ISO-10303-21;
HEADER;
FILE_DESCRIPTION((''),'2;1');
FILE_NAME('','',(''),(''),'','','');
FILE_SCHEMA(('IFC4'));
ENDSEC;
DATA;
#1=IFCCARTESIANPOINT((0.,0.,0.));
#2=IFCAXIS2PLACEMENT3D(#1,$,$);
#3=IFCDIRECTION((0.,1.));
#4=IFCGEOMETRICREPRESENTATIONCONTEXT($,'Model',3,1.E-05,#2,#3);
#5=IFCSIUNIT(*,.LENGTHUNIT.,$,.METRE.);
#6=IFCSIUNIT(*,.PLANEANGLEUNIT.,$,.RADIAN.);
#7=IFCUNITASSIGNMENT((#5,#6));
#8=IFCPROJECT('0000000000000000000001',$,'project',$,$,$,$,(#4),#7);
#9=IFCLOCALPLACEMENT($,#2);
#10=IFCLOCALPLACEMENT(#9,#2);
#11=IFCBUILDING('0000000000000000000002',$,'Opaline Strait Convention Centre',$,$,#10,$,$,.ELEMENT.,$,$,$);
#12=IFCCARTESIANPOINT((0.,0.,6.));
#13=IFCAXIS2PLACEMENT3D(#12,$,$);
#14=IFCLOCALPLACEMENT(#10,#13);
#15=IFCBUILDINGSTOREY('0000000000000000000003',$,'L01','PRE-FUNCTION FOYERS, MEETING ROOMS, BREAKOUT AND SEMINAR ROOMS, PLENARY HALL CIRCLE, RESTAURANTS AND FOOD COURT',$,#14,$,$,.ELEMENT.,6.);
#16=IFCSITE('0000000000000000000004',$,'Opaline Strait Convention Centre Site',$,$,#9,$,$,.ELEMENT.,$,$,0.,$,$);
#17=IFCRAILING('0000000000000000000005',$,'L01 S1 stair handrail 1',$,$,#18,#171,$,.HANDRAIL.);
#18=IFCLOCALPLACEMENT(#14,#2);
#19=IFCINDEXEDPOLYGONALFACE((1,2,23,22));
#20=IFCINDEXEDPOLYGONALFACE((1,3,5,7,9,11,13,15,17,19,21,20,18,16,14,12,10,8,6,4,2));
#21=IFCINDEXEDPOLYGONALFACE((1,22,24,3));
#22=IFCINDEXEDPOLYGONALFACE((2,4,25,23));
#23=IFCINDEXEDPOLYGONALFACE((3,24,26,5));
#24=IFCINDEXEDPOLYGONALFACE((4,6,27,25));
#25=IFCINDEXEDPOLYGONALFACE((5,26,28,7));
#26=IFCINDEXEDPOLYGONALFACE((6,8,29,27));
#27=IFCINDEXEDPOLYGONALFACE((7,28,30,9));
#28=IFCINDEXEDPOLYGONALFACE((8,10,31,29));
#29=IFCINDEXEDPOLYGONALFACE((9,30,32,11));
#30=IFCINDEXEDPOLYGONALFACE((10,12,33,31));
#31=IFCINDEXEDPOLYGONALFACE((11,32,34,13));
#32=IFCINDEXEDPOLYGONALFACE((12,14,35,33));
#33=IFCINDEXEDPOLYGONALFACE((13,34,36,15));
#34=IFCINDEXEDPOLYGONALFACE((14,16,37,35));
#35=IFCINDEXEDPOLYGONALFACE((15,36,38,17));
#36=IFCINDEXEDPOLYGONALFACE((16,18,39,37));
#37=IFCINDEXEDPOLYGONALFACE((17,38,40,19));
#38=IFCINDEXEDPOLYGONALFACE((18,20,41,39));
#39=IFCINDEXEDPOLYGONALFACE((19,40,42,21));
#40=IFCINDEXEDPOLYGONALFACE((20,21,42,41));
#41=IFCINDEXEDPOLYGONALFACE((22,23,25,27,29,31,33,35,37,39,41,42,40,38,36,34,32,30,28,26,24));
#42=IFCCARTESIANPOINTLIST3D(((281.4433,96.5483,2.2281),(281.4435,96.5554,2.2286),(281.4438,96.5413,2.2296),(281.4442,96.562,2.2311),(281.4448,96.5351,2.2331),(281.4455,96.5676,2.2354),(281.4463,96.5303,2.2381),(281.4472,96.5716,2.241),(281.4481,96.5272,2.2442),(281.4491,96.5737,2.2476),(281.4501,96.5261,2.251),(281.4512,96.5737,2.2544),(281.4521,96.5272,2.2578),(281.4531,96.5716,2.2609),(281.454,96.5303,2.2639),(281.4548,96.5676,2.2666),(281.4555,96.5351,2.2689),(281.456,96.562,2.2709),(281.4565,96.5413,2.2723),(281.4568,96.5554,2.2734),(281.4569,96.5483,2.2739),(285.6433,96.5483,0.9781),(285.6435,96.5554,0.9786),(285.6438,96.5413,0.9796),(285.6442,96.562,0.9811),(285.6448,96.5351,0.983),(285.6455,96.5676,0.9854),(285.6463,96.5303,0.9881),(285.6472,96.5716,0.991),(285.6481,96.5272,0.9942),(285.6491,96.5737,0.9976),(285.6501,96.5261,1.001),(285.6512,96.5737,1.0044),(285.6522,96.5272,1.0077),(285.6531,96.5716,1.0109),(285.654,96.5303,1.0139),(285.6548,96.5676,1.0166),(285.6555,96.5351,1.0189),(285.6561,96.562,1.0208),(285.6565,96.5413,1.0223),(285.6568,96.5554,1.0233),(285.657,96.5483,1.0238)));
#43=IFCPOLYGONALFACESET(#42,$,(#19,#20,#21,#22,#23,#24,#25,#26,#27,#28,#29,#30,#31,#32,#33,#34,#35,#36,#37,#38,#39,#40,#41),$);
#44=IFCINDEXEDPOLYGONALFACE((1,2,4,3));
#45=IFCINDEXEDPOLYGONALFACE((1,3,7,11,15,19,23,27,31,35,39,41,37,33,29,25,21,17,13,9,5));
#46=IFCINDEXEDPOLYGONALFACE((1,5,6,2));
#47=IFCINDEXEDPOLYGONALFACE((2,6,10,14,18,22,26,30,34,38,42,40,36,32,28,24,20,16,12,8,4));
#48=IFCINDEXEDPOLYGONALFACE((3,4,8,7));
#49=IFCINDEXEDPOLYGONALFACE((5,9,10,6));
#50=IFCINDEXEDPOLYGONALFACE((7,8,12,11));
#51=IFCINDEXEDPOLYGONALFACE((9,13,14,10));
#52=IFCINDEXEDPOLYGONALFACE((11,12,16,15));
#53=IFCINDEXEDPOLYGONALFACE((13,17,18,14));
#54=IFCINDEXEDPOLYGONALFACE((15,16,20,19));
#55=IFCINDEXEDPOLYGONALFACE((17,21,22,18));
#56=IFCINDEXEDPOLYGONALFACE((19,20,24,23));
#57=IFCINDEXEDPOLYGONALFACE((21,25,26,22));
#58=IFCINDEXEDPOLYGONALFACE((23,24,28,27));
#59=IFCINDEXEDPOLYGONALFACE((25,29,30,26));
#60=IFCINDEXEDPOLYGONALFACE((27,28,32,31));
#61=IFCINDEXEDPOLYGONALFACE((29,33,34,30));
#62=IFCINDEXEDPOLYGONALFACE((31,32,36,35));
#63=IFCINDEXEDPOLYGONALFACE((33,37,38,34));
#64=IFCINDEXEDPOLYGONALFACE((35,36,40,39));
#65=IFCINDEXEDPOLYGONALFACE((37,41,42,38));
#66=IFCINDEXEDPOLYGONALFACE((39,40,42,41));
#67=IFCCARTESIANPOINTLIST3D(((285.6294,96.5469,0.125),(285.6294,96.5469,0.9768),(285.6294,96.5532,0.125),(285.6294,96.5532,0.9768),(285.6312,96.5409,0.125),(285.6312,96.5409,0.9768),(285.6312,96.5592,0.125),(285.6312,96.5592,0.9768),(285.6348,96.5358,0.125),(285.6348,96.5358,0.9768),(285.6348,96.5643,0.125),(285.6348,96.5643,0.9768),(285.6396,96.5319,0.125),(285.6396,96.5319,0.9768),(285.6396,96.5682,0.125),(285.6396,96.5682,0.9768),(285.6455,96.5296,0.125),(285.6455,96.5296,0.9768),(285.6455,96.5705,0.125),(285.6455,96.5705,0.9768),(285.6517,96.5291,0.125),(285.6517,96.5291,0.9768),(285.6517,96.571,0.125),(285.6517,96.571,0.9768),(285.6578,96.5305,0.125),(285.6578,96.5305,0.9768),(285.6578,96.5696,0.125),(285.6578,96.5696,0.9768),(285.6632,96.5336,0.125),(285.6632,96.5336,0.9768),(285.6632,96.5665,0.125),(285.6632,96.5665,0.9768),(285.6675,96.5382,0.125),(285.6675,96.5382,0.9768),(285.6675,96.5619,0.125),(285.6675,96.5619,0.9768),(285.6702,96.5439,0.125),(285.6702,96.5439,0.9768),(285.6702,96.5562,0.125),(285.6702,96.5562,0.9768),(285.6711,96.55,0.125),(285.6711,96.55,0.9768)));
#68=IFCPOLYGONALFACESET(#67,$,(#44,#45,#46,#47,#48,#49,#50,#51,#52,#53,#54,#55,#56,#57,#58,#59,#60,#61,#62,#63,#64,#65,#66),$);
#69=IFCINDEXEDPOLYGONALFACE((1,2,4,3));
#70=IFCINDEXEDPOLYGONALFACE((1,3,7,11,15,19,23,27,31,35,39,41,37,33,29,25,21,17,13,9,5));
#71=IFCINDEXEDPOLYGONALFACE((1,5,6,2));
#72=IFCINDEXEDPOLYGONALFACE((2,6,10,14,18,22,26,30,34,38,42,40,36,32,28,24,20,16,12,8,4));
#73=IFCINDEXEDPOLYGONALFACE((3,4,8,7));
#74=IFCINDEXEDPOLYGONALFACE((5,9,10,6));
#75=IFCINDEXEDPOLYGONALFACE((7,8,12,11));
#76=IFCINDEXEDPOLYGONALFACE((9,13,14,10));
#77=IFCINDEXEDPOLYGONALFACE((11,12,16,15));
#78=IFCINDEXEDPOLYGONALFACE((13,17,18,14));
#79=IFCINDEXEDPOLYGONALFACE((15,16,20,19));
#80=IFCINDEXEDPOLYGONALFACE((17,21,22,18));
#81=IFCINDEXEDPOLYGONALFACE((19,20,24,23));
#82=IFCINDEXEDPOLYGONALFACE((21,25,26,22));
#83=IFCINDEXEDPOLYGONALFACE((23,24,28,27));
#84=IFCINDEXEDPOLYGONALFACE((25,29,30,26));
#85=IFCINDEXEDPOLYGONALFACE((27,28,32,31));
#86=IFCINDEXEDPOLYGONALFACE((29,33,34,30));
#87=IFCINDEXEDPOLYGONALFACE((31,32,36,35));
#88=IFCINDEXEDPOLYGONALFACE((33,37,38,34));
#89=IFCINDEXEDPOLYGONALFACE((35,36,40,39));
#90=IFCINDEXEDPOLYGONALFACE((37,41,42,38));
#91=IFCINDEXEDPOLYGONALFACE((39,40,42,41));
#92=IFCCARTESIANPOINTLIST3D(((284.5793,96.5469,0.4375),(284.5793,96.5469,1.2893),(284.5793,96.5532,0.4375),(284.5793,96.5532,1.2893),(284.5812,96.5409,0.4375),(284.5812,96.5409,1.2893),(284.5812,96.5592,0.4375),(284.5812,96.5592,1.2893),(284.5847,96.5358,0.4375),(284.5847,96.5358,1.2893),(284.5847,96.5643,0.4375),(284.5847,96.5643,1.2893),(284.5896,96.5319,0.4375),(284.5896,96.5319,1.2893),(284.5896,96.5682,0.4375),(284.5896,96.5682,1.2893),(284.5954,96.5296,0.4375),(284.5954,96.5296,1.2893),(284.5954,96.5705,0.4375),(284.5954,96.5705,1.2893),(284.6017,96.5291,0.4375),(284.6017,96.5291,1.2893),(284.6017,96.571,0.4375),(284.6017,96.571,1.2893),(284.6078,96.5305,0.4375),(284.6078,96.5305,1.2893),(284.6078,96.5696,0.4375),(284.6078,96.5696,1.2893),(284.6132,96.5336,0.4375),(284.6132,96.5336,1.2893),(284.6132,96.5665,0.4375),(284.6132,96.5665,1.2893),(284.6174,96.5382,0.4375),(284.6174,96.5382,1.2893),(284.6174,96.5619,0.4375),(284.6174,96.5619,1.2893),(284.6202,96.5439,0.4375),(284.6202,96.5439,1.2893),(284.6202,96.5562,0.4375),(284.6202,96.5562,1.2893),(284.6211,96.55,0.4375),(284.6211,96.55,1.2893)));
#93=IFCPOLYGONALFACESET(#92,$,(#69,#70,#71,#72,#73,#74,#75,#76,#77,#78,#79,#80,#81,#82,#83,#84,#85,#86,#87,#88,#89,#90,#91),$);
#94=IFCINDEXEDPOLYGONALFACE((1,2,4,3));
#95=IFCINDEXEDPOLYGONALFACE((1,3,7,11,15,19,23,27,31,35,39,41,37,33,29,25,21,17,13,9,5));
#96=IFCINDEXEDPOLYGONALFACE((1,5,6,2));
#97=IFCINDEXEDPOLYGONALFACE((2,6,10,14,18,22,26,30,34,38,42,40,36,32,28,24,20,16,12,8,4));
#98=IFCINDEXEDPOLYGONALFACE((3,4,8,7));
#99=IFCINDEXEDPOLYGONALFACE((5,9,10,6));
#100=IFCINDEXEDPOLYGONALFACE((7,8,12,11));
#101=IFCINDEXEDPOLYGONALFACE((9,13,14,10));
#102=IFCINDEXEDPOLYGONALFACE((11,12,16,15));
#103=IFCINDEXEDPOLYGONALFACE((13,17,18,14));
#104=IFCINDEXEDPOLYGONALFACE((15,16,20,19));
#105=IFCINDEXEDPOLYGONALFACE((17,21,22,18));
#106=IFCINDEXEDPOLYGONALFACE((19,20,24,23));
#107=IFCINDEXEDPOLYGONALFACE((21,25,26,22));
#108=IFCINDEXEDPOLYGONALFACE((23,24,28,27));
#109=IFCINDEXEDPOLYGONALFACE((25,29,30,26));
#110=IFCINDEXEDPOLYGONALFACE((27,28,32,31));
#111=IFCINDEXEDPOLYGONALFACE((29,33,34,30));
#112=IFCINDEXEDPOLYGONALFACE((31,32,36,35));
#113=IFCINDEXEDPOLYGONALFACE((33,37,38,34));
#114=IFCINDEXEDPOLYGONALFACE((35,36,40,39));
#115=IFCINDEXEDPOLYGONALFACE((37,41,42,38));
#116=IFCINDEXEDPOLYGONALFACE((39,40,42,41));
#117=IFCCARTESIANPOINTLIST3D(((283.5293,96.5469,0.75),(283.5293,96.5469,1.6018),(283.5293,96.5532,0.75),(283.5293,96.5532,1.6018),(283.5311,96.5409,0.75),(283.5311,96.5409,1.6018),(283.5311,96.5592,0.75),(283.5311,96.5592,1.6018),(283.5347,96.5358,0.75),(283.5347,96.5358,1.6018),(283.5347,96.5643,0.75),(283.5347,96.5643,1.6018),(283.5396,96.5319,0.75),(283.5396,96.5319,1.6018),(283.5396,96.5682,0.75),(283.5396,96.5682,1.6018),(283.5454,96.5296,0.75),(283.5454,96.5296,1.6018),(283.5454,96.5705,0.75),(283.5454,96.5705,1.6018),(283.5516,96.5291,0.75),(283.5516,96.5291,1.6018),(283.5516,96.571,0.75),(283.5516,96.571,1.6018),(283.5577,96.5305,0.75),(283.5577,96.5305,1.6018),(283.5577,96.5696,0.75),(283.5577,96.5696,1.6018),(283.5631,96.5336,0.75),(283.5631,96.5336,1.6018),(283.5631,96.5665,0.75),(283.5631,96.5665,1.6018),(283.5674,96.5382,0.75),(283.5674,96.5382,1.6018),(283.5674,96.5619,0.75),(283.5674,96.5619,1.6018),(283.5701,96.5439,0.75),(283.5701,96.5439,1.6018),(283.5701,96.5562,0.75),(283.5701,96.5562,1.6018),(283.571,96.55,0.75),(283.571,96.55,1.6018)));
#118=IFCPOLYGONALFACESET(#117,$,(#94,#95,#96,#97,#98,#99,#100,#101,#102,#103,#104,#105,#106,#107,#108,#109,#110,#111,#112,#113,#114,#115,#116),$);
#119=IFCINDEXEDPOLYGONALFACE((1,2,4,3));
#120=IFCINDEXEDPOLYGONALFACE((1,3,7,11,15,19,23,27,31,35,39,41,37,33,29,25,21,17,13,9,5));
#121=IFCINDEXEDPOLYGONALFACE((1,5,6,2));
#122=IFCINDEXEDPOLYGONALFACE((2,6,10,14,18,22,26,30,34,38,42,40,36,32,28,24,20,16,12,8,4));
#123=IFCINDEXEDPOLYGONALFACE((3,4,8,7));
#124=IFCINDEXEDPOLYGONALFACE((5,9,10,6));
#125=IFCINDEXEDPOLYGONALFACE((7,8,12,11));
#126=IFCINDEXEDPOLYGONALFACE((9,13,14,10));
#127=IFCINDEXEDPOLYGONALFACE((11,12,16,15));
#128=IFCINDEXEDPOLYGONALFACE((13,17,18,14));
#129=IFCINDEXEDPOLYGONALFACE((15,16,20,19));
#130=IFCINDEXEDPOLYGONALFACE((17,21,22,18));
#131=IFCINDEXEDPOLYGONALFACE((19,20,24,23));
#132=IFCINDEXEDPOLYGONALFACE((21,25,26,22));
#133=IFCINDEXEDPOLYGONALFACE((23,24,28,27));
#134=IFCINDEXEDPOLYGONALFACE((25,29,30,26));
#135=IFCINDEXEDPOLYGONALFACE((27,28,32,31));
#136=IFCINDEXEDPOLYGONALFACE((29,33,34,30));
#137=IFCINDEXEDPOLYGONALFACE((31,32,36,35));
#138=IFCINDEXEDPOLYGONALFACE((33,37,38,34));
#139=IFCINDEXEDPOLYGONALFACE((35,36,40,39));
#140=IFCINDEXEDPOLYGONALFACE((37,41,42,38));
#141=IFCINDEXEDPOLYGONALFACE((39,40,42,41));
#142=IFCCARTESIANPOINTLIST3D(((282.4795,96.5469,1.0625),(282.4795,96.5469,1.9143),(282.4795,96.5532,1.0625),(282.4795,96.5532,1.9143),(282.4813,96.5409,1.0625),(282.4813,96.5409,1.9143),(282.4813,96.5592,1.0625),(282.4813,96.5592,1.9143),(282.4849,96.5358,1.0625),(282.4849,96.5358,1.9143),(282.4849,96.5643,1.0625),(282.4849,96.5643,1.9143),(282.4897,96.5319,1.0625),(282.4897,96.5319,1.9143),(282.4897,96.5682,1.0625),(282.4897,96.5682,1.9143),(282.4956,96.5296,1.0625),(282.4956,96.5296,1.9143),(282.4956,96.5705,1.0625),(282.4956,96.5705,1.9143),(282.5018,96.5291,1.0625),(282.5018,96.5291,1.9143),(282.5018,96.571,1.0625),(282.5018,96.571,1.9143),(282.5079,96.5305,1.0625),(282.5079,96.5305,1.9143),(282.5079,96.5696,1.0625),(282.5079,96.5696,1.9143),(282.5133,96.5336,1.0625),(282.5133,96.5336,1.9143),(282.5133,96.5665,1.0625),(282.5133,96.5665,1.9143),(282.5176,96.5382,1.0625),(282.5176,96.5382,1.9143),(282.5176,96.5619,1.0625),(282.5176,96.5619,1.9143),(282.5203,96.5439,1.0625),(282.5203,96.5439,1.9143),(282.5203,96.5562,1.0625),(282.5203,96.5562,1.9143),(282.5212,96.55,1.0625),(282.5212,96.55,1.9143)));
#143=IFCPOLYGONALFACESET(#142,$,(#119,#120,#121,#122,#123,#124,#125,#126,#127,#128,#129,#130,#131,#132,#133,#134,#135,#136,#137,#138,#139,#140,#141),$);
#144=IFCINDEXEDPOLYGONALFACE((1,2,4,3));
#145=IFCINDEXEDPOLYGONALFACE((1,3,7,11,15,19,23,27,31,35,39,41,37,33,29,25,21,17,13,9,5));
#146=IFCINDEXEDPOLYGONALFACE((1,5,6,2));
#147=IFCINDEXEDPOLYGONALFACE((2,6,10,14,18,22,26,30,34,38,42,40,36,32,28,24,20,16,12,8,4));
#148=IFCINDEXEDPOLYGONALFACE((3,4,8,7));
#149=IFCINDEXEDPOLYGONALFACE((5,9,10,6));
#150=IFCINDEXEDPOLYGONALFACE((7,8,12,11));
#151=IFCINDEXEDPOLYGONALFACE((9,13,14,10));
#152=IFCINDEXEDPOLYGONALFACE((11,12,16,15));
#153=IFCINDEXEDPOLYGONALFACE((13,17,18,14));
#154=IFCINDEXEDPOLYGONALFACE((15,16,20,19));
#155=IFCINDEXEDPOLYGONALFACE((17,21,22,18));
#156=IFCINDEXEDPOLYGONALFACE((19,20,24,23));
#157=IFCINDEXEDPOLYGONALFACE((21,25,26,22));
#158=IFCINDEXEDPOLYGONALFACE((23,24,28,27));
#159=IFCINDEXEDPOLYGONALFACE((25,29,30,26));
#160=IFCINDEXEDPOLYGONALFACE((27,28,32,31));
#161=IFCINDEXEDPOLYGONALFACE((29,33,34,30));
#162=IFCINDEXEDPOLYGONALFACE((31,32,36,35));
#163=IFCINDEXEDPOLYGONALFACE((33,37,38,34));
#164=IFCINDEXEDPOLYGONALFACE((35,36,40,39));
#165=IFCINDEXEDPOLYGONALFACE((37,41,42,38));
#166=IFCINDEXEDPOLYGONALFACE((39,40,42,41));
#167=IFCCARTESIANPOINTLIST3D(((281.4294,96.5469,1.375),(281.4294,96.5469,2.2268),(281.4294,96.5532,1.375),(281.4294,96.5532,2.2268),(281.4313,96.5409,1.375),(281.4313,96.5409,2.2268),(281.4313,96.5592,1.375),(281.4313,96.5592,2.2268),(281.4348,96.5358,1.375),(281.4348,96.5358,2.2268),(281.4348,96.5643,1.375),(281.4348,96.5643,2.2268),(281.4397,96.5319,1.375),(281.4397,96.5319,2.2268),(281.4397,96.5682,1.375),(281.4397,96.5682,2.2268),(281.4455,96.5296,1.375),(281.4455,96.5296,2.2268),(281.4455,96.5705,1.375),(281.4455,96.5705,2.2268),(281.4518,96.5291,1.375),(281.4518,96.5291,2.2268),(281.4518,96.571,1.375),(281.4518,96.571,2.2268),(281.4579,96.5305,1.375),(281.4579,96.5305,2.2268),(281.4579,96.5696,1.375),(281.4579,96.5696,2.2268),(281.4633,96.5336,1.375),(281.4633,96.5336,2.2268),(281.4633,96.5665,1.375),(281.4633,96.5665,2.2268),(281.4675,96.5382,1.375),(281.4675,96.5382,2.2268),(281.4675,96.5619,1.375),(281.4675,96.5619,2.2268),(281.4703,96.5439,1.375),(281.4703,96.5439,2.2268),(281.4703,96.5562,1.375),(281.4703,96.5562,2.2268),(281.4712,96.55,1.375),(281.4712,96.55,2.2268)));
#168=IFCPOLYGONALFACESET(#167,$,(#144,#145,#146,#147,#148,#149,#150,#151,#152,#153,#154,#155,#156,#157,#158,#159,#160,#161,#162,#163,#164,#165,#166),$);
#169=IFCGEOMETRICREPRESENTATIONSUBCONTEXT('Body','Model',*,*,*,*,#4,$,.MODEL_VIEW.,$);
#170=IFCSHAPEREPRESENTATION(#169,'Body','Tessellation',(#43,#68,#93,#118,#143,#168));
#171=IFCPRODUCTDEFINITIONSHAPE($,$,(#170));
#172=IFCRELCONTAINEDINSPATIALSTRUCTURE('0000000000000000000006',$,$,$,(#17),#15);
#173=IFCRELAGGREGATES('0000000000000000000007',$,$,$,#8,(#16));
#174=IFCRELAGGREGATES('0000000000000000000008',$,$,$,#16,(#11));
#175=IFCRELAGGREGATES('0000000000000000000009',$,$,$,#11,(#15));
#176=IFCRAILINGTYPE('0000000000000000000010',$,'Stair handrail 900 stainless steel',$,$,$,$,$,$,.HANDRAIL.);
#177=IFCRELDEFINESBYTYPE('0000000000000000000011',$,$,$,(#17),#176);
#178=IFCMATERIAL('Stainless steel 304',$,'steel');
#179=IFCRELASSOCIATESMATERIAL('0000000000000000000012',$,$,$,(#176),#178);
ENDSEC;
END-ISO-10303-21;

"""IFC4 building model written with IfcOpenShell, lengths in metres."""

from ifc_helpers import new_model, si_unit, direction, frame, origin, origin_2d, place, context, subcontext, project, spatial, circle, extrude, material, type_object, element, save


model = new_model("IFC4")

# Units and contexts
model_context = context("Model", 3, precision=1e-05, world=origin(), true_north=direction((0.0, 1.0)))
body_context = subcontext(model_context, "Body", "Model", "MODEL_VIEW")
ifc_project = project(units=[si_unit("LENGTHUNIT", "METRE"), si_unit("PLANEANGLEUNIT", "RADIAN")], contexts=[model_context])

# Site, building, storey
site_placement = place(None, origin())
site = spatial("IfcSite", under=ifc_project, at=site_placement, Name="Opaline Strait Convention Centre Site", CompositionType="ELEMENT", RefElevation=0.0)
building_placement = place(site_placement, origin())
building = spatial("IfcBuilding", under=site, at=building_placement, Name="Opaline Strait Convention Centre", CompositionType="ELEMENT")
storey_placement = place(building_placement, frame((0.0, 0.0, 6.0)))
storey = spatial("IfcBuildingStorey", under=building, at=storey_placement, Name="L01", Description="PRE-FUNCTION FOYERS, MEETING ROOMS, BREAKOUT AND SEMINAR ROOMS, PLENARY HALL CIRCLE, RESTAURANTS AND FOOD COURT", CompositionType="ELEMENT", Elevation=6.0)

# Shared definitions
ifc_material_1 = material(Name="Stainless steel 304", Category="steel")

# Railing
railing_type_1 = type_object("IfcRailingType", Name="Stair handrail 900 stainless steel", PredefinedType="HANDRAIL", material=ifc_material_1)
for number, where, name in (
    (1, (285.6501, 96.55, 0.125), "L01 S1 stair handrail 1"),
):
    element("IfcRailing", number, at=place(storey_placement, frame(where)), inside=storey, type_object=railing_type_1, Name=name, PredefinedType="HANDRAIL", context=body_context, shape_type="SweptSolid", body=[
        extrude(circle(Radius=0.0239, at=origin_2d()), frame((0.0, 0.0, 0.876), z_axis=(-0.958451, 0.0, 0.285257), x_axis=(0.0, -1.0, 0.0)), (0.0, 0.0, 1.0), 4.3821),
        extrude(circle(Radius=0.021, at=origin_2d()), origin(), (0.0, 0.0, 1.0), 0.8518),
        extrude(circle(Radius=0.021, at=origin_2d()), frame((-1.05, 0.0, 0.3125)), (0.0, 0.0, 1.0), 0.8518),
        extrude(circle(Radius=0.021, at=origin_2d()), frame((-2.1001, 0.0, 0.625)), (0.0, 0.0, 1.0), 0.8518),
        extrude(circle(Radius=0.021, at=origin_2d()), frame((-3.1499, 0.0, 0.9375)), (0.0, 0.0, 1.0), 0.8518),
        extrude(circle(Radius=0.021, at=origin_2d()), frame((-4.2, 0.0, 1.25)), (0.0, 0.0, 1.0), 0.8518),
    ])

save(model, "model.ifc")
